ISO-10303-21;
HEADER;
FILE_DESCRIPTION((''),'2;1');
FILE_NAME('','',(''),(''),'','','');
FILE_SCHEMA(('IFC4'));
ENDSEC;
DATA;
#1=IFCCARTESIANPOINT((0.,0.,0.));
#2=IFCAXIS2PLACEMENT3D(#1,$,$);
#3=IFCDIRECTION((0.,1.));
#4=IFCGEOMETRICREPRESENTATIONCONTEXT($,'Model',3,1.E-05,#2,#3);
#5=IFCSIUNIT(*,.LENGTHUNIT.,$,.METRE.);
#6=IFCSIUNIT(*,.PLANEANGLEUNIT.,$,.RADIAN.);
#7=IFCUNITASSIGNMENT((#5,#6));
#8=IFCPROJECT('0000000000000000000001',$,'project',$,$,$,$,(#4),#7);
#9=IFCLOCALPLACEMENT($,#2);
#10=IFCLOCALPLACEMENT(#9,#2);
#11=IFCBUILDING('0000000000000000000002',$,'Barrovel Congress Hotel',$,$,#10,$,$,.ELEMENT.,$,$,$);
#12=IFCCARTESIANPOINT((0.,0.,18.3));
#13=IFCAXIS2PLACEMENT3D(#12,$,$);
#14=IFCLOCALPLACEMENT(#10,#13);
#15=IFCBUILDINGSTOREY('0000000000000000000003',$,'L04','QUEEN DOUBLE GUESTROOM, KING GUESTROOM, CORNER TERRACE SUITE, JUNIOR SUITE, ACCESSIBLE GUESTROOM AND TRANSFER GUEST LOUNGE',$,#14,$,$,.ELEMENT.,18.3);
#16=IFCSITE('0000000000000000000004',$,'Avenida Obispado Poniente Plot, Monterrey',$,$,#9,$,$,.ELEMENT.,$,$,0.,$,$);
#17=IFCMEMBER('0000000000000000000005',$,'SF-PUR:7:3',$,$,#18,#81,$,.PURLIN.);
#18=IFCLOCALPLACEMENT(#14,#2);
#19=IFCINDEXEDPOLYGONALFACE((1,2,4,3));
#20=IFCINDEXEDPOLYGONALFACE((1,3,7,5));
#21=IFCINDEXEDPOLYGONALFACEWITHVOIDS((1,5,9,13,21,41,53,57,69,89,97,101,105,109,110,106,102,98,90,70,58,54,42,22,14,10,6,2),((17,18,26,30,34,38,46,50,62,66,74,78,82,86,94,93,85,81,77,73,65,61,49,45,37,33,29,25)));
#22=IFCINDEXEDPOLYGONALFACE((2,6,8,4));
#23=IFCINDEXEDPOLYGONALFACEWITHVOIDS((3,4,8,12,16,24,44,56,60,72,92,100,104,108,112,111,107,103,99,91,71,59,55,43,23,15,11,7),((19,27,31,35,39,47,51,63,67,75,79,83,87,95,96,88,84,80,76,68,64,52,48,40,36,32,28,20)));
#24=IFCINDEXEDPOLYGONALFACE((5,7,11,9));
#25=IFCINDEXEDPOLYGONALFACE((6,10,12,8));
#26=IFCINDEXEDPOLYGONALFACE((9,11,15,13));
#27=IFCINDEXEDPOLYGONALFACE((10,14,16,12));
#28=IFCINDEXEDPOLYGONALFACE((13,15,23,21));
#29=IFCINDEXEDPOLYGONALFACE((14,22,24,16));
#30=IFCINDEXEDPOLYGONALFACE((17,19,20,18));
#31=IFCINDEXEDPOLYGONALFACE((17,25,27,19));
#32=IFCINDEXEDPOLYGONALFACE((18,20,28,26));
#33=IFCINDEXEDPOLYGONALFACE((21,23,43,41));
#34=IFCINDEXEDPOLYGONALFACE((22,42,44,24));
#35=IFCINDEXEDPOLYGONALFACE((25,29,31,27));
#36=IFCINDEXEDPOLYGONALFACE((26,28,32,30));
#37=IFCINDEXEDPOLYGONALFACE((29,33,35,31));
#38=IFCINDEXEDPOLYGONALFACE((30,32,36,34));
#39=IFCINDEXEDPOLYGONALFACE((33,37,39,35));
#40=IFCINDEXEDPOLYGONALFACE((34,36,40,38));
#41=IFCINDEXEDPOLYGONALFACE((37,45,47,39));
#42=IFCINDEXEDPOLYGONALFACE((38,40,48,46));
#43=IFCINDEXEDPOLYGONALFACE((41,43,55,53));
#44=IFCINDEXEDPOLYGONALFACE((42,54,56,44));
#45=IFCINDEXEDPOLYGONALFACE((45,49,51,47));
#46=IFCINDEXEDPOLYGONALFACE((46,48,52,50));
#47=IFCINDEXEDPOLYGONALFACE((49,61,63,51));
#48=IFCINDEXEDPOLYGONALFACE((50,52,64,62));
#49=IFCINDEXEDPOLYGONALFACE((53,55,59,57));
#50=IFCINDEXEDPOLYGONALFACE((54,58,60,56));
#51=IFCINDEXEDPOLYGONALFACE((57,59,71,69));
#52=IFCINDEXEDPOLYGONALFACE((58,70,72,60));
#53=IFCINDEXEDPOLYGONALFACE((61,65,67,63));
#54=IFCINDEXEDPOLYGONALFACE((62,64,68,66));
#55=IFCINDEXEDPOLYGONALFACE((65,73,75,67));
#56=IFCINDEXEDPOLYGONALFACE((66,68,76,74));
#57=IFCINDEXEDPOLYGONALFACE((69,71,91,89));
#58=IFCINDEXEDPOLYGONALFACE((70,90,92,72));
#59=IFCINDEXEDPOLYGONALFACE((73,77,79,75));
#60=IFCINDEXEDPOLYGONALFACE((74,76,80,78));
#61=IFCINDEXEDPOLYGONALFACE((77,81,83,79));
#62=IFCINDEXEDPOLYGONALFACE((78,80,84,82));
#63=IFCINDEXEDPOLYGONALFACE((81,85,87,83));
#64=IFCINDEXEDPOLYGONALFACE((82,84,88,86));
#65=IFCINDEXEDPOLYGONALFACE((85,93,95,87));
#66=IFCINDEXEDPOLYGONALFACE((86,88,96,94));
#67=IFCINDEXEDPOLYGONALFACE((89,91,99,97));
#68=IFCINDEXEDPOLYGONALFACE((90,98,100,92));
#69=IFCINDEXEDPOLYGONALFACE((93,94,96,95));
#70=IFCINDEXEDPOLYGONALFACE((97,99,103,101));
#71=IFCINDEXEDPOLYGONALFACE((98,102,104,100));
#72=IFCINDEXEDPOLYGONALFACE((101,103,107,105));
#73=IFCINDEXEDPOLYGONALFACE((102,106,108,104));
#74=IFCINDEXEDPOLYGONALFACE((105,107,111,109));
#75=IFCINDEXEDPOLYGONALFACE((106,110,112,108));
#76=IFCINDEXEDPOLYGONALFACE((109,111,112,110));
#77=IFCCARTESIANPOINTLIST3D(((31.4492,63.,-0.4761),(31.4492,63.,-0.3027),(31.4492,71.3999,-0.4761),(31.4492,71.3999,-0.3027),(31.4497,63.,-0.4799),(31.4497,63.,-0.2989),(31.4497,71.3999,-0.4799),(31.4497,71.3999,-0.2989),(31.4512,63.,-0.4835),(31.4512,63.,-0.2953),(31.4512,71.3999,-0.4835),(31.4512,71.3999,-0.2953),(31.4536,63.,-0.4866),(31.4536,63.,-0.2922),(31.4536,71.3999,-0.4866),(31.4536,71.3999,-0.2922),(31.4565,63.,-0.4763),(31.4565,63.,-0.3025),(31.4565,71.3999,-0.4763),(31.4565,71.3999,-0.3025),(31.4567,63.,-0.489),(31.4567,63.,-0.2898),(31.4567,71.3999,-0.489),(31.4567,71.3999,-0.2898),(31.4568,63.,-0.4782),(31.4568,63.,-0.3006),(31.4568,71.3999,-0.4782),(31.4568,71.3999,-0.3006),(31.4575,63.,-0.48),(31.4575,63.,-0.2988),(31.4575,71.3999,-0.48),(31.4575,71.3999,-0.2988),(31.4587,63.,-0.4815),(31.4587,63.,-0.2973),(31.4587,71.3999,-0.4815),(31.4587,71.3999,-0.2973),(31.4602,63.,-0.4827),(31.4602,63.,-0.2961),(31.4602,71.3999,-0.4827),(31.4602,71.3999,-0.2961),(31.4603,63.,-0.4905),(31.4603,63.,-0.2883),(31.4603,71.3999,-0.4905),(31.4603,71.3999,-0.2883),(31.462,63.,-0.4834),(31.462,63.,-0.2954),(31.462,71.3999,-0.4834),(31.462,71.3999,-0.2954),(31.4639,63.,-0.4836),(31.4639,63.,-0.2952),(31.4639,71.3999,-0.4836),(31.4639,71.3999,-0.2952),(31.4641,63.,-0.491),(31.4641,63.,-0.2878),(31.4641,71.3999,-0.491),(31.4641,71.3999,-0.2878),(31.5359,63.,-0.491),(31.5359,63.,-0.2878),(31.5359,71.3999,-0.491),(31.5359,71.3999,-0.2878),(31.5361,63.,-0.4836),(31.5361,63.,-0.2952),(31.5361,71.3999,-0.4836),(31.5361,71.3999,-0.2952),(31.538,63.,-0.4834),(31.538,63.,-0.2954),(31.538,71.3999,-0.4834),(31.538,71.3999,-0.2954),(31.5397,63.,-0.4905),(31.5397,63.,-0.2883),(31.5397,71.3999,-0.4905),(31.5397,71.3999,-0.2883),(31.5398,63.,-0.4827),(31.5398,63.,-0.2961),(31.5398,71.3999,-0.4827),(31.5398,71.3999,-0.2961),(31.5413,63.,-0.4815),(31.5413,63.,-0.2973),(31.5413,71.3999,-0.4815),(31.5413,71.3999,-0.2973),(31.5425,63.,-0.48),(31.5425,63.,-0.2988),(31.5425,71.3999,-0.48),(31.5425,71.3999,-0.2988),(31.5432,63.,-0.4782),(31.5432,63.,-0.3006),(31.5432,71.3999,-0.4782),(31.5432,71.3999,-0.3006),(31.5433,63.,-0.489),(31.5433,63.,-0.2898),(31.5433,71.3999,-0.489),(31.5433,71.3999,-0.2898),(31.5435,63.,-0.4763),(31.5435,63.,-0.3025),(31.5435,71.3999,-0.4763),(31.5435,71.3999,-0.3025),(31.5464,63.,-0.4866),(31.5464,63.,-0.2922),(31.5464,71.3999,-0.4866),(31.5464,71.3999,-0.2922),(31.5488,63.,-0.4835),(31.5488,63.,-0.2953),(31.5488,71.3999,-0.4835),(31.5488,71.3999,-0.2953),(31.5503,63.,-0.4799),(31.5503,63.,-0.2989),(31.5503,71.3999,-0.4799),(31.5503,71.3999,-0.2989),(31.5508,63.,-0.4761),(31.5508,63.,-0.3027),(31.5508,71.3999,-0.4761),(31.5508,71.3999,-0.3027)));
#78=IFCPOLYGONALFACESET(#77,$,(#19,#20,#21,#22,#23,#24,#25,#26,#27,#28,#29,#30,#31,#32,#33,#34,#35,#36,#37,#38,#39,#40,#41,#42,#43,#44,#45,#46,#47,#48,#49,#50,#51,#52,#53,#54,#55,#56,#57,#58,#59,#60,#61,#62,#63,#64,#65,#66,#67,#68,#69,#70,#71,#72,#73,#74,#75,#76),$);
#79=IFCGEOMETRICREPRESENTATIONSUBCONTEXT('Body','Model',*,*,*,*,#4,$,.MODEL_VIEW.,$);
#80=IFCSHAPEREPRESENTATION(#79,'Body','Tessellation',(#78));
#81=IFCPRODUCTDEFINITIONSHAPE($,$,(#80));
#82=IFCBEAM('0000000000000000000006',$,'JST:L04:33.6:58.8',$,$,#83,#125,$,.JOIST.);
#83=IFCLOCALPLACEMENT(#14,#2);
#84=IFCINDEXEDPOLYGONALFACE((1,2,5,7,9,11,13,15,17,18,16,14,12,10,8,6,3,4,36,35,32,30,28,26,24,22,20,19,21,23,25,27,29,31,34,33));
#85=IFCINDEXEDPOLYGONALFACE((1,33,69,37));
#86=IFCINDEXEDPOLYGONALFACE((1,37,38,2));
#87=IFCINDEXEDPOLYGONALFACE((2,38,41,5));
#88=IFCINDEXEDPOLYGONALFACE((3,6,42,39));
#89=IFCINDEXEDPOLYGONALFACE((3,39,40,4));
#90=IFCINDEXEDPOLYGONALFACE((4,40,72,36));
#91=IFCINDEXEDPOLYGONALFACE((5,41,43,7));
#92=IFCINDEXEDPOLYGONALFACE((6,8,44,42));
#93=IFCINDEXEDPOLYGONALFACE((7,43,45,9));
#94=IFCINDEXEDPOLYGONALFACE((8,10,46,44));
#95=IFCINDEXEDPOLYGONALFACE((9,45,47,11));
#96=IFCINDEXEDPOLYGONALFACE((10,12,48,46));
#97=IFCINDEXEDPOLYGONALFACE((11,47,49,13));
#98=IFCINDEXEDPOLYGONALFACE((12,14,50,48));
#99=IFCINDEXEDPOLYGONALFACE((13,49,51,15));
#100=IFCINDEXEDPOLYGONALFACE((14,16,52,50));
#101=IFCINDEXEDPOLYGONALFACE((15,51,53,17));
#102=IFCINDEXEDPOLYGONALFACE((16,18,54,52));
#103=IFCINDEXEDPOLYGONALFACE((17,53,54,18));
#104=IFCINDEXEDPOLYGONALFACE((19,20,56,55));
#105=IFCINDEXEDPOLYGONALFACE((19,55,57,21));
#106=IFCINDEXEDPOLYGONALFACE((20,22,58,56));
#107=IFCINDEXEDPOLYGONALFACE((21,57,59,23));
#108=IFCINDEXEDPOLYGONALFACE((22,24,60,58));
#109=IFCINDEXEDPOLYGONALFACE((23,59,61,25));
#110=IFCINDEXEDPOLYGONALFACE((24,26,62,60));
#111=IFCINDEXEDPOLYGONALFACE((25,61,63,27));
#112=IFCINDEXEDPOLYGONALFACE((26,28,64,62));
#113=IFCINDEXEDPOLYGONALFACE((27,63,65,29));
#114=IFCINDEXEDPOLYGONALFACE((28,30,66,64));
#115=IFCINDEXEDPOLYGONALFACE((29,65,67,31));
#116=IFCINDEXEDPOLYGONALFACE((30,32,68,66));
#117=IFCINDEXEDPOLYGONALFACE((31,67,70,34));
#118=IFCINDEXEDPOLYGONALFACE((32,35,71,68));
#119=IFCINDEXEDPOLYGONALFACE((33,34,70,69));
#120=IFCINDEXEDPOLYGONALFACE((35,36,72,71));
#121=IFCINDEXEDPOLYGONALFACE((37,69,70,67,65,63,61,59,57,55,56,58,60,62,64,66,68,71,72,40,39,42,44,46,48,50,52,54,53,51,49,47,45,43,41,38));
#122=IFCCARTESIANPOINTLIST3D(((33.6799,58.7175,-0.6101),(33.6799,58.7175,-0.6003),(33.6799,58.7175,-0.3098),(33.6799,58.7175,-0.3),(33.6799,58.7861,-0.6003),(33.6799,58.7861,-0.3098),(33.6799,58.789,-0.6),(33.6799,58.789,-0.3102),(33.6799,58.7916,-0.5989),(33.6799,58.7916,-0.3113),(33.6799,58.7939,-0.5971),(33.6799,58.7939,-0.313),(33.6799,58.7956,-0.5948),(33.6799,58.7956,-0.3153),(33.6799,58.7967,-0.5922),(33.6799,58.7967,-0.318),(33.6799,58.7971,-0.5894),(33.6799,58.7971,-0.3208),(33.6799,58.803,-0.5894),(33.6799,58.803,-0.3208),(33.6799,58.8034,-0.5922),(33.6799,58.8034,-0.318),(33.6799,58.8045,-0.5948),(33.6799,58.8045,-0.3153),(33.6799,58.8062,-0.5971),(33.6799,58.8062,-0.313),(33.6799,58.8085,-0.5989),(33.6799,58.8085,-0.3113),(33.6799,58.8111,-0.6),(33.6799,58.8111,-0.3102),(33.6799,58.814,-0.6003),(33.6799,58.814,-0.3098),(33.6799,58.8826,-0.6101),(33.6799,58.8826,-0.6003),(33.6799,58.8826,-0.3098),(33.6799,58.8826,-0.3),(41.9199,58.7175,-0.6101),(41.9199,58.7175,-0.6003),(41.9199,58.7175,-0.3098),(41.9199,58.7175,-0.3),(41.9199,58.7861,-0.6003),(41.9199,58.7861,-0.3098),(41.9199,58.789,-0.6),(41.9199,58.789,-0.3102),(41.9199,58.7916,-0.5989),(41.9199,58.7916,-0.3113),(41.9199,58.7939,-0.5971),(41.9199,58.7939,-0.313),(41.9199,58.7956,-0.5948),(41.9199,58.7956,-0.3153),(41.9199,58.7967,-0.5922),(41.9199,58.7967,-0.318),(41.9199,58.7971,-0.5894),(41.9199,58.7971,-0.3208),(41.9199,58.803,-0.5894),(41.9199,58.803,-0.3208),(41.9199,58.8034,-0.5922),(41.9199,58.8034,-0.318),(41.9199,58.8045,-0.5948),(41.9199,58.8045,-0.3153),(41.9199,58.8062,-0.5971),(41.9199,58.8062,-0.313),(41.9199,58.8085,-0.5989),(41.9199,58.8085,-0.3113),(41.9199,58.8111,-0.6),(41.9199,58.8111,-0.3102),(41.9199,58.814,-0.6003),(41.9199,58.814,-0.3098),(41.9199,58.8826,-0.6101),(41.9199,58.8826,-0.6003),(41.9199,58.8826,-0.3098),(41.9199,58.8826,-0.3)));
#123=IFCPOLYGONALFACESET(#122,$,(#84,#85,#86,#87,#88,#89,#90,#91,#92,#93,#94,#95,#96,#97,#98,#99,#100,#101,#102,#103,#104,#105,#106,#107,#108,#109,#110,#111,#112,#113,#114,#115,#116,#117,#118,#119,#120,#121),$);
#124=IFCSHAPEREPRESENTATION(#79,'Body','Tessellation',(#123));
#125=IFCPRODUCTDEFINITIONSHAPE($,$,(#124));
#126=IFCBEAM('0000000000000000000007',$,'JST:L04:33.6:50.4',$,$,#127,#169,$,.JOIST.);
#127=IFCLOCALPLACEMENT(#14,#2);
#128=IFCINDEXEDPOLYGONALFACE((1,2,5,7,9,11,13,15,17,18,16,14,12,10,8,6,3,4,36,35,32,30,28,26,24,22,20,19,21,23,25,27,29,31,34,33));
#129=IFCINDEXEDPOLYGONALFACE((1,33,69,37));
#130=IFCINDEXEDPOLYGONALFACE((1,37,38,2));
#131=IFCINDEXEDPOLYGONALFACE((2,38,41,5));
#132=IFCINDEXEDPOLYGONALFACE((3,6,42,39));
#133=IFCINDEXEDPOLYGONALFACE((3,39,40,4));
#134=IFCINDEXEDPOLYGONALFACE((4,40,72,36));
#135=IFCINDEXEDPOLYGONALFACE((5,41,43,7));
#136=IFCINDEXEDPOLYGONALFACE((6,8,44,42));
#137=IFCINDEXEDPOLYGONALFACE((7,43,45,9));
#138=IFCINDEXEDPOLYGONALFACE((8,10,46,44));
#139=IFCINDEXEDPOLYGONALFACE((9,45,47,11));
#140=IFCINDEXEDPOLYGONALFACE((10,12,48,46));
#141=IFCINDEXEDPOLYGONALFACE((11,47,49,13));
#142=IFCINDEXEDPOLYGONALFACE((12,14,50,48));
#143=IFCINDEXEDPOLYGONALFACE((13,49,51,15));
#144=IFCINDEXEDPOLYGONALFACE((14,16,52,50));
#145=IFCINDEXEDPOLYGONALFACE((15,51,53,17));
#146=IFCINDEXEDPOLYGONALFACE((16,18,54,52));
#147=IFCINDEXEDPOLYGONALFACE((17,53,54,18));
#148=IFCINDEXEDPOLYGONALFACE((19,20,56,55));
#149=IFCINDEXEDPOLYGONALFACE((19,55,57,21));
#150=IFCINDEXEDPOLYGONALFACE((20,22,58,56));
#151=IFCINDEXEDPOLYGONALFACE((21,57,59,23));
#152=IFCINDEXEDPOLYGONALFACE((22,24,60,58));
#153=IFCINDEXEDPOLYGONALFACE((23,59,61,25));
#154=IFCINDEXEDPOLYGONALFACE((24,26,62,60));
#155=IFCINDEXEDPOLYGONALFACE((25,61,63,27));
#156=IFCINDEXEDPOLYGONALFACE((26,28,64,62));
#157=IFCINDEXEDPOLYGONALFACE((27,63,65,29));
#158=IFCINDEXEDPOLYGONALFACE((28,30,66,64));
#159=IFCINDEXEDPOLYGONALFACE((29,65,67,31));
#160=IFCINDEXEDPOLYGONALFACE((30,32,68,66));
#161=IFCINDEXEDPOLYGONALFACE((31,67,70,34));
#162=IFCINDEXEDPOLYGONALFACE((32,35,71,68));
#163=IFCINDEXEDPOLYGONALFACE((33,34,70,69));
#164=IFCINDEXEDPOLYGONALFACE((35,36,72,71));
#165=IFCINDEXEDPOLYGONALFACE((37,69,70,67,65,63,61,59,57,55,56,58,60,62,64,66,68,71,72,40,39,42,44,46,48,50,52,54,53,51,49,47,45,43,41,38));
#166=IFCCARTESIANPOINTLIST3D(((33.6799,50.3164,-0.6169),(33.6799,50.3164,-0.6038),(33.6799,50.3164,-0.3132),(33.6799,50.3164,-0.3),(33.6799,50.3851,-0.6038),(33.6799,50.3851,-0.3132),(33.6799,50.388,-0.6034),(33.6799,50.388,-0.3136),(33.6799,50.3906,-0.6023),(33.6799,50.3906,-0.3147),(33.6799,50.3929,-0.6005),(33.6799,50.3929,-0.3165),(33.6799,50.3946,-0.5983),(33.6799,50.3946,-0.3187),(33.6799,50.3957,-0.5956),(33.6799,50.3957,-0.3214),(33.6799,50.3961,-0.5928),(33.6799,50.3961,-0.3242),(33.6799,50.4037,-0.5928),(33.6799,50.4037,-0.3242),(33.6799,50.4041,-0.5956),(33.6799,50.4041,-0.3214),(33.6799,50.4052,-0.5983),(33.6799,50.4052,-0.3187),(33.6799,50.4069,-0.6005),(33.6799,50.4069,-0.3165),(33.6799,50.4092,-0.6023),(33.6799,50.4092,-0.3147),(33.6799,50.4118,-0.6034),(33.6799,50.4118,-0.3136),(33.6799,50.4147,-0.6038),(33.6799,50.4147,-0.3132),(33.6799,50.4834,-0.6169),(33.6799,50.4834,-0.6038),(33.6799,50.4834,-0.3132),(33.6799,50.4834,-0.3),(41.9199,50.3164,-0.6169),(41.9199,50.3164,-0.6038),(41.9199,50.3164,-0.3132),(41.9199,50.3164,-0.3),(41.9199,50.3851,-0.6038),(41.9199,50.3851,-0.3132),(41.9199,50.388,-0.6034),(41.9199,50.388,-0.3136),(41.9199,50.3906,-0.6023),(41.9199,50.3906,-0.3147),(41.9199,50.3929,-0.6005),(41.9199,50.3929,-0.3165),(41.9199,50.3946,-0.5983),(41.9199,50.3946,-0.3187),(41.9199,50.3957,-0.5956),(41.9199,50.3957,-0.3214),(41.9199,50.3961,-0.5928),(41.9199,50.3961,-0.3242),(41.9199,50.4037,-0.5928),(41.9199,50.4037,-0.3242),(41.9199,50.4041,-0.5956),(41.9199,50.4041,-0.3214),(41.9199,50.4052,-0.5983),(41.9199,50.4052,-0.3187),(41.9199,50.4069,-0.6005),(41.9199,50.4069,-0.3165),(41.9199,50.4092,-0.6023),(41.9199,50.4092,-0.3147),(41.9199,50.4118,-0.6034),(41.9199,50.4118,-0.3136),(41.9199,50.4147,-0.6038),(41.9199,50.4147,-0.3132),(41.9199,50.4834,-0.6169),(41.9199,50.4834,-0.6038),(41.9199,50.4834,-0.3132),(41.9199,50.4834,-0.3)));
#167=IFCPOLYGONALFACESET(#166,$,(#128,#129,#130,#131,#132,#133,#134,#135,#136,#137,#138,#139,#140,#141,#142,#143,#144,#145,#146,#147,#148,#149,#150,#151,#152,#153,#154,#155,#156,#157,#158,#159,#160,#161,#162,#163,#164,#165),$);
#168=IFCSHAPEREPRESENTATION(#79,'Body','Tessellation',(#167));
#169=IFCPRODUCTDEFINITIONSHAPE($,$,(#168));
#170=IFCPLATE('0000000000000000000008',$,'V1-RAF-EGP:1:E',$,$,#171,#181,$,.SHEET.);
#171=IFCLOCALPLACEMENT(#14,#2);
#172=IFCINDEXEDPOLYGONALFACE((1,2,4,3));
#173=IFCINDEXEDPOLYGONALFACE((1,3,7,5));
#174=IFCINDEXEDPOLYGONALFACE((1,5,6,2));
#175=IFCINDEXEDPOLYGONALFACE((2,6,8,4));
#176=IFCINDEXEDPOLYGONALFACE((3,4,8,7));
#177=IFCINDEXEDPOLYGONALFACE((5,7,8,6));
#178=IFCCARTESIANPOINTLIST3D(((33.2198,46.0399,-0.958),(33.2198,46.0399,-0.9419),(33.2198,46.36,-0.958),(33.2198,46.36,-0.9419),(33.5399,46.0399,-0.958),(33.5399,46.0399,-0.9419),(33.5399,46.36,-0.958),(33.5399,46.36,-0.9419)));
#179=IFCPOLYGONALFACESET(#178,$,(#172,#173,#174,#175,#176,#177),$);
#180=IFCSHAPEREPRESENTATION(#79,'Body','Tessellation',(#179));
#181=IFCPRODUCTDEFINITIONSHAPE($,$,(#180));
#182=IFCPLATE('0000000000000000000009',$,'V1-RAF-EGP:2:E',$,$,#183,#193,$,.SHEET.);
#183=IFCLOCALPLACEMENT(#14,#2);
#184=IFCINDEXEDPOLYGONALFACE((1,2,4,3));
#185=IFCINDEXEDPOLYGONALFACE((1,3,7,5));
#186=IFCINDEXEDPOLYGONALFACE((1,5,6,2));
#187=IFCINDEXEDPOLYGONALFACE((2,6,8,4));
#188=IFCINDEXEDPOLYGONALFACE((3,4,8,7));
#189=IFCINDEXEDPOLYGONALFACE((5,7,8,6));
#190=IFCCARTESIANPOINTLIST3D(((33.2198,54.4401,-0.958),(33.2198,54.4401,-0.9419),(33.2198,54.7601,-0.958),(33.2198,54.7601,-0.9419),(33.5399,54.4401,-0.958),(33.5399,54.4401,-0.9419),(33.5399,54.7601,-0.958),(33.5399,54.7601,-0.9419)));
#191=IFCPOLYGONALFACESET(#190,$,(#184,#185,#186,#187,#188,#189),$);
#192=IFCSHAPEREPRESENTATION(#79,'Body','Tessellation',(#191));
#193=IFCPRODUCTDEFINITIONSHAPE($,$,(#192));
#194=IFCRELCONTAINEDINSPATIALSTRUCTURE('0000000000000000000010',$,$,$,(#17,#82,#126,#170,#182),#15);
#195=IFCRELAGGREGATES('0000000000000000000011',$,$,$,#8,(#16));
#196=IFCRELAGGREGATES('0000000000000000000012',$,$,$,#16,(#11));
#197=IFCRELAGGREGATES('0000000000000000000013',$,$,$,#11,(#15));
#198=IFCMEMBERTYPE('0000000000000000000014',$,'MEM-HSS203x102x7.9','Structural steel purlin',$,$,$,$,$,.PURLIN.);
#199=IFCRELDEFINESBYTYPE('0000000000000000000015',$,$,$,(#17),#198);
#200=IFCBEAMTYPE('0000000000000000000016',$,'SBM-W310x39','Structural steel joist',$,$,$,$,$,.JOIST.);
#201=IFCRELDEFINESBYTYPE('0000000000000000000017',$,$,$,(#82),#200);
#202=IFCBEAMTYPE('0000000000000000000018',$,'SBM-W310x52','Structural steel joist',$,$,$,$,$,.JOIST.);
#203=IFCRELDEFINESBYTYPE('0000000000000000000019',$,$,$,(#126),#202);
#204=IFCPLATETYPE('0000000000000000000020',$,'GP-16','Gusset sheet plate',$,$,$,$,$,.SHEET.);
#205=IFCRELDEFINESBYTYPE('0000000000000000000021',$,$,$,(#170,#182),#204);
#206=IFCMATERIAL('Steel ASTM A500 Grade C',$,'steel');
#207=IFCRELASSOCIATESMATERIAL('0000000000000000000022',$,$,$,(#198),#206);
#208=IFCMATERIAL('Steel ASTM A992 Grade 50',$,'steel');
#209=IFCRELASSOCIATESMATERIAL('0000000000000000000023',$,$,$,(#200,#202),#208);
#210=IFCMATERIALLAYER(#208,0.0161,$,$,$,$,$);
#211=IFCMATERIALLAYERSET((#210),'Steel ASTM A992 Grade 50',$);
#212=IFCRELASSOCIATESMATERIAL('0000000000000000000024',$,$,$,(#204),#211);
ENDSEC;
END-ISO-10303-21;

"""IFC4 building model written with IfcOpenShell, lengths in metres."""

from ifc_helpers import new_model, si_unit, direction, frame, origin, origin_2d, place, context, subcontext, project, spatial, rectangle, hollow_rectangle, i_section, extrude, material, layer, layer_set, material_profile, profile_set, type_object, element, save


model = new_model("IFC4")

# Units and contexts
model_context = context("Model", 3, precision=1e-05, world=origin(), true_north=direction((0.0, 1.0)))
body_context = subcontext(model_context, "Body", "Model", "MODEL_VIEW")
ifc_project = project(units=[si_unit("LENGTHUNIT", "METRE"), si_unit("PLANEANGLEUNIT", "RADIAN")], contexts=[model_context])

# Site, building, storey
site_placement = place(None, origin())
site = spatial("IfcSite", under=ifc_project, at=site_placement, Name="Avenida Obispado Poniente Plot, Monterrey", CompositionType="ELEMENT", RefElevation=0.0)
building_placement = place(site_placement, origin())
building = spatial("IfcBuilding", under=site, at=building_placement, Name="Barrovel Congress Hotel", CompositionType="ELEMENT")
storey_placement = place(building_placement, frame((0.0, 0.0, 18.3)))
storey = spatial("IfcBuildingStorey", under=building, at=storey_placement, Name="L04", Description="QUEEN DOUBLE GUESTROOM, KING GUESTROOM, CORNER TERRACE SUITE, JUNIOR SUITE, ACCESSIBLE GUESTROOM AND TRANSFER GUEST LOUNGE", CompositionType="ELEMENT", Elevation=18.3)

# Member
ifc_material_1 = material(Name="Steel ASTM A500 Grade C", Category="steel")
ifc_material_profile_1 = material_profile(ifc_material_1, hollow_rectangle(XDim=0.1016, YDim=0.2031, WallThickness=0.0073, InnerFilletRadius=0.0073, OuterFilletRadius=0.0149, at=origin_2d()), Name="HSS203x102x7.9")
ifc_profile_set_1 = profile_set([ifc_material_profile_1], Name="Steel ASTM A500 Grade C")
member_type = type_object("IfcMemberType", Name="MEM-HSS203x102x7.9", Description="Structural steel purlin", PredefinedType="PURLIN", material=ifc_profile_set_1)
for number, where, z_axis, x_axis, name in (
    (1, (31.5, 63.0, -0.3894), (0.0, 1.0, 0.0), (-1.0, 0.0, 0.0), "SF-PUR:7:3"),
):
    element("IfcMember", number, at=place(storey_placement, frame(where, z_axis=z_axis, x_axis=x_axis)), inside=storey, type_object=member_type, Name=name, PredefinedType="PURLIN", context=body_context, shape_type="SweptSolid", body=[
        extrude(hollow_rectangle(XDim=0.1016, YDim=0.2031, WallThickness=0.0073, InnerFilletRadius=0.0073, OuterFilletRadius=0.0149, at=origin_2d()), origin(), (0.0, 0.0, 1.0), 8.3999),
    ])

# Beams
ifc_material_2 = material(Name="Steel ASTM A992 Grade 50", Category="steel")
ifc_material_profile_2 = material_profile(ifc_material_2, i_section(OverallWidth=0.165, OverallDepth=0.3101, WebThickness=0.0059, FlangeThickness=0.0098, FilletRadius=0.011, at=origin_2d()), Name="W310x39")
ifc_profile_set_2 = profile_set([ifc_material_profile_2], Name="Steel ASTM A992 Grade 50")
beam_type_1 = type_object("IfcBeamType", Name="SBM-W310x39", Description="Structural steel joist", PredefinedType="JOIST", material=ifc_profile_set_2)
beam_1_placement = place(storey_placement, frame((33.6799, 58.8, -0.4551), z_axis=(1.0, 0.0, 0.0), x_axis=(0.0, 1.0, 0.0)))
element("IfcBeam", 2, at=beam_1_placement, inside=storey, type_object=beam_type_1, Name="JST:L04:33.6:58.8", PredefinedType="JOIST", context=body_context, shape_type="SweptSolid", body=[
    extrude(i_section(OverallWidth=0.165, OverallDepth=0.3101, WebThickness=0.0059, FlangeThickness=0.0098, FilletRadius=0.011, at=origin_2d()), origin(), (0.0, 0.0, 1.0), 8.24),
])
ifc_material_profile_3 = material_profile(ifc_material_2, i_section(OverallWidth=0.167, OverallDepth=0.3169, WebThickness=0.0076, FlangeThickness=0.0132, FilletRadius=0.011, at=origin_2d()), Name="W310x52")
ifc_profile_set_3 = profile_set([ifc_material_profile_3], Name="Steel ASTM A992 Grade 50")
beam_type_2 = type_object("IfcBeamType", Name="SBM-W310x52", Description="Structural steel joist", PredefinedType="JOIST", material=ifc_profile_set_3)
beam_2_placement = place(storey_placement, frame((33.6799, 50.3999, -0.4585), z_axis=(1.0, 0.0, 0.0), x_axis=(0.0, 1.0, 0.0)))
element("IfcBeam", 3, at=beam_2_placement, inside=storey, type_object=beam_type_2, Name="JST:L04:33.6:50.4", PredefinedType="JOIST", context=body_context, shape_type="SweptSolid", body=[
    extrude(i_section(OverallWidth=0.167, OverallDepth=0.3169, WebThickness=0.0076, FlangeThickness=0.0132, FilletRadius=0.011, at=origin_2d()), origin(), (0.0, 0.0, 1.0), 8.24),
])

# Plates
ifc_layer_1 = layer(ifc_material_2, 0.0161)
ifc_layer_set_1 = layer_set([ifc_layer_1], Name="Steel ASTM A992 Grade 50")
plate_type = type_object("IfcPlateType", Name="GP-16", Description="Gusset sheet plate", PredefinedType="SHEET", material=ifc_layer_set_1)
for number, where, z_axis, x_axis, name in (
    (4, (33.3799, 46.2, -0.958), (0.0, 0.0, 1.0), (1.0, 0.0, 0.0), "V1-RAF-EGP:1:E"),
    (5, (33.3799, 54.6001, -0.958), (0.0, 0.0, 1.0), (1.0, 0.0, 0.0), "V1-RAF-EGP:2:E"),
):
    element("IfcPlate", number, at=place(storey_placement, frame(where, z_axis=z_axis, x_axis=x_axis)), inside=storey, type_object=plate_type, Name=name, PredefinedType="SHEET", context=body_context, shape_type="SweptSolid", body=[
        extrude(rectangle(XDim=0.3201, YDim=0.3201, at=origin_2d()), origin(), (0.0, 0.0, 1.0), 0.0161),
    ])

save(model, "model.ifc")
